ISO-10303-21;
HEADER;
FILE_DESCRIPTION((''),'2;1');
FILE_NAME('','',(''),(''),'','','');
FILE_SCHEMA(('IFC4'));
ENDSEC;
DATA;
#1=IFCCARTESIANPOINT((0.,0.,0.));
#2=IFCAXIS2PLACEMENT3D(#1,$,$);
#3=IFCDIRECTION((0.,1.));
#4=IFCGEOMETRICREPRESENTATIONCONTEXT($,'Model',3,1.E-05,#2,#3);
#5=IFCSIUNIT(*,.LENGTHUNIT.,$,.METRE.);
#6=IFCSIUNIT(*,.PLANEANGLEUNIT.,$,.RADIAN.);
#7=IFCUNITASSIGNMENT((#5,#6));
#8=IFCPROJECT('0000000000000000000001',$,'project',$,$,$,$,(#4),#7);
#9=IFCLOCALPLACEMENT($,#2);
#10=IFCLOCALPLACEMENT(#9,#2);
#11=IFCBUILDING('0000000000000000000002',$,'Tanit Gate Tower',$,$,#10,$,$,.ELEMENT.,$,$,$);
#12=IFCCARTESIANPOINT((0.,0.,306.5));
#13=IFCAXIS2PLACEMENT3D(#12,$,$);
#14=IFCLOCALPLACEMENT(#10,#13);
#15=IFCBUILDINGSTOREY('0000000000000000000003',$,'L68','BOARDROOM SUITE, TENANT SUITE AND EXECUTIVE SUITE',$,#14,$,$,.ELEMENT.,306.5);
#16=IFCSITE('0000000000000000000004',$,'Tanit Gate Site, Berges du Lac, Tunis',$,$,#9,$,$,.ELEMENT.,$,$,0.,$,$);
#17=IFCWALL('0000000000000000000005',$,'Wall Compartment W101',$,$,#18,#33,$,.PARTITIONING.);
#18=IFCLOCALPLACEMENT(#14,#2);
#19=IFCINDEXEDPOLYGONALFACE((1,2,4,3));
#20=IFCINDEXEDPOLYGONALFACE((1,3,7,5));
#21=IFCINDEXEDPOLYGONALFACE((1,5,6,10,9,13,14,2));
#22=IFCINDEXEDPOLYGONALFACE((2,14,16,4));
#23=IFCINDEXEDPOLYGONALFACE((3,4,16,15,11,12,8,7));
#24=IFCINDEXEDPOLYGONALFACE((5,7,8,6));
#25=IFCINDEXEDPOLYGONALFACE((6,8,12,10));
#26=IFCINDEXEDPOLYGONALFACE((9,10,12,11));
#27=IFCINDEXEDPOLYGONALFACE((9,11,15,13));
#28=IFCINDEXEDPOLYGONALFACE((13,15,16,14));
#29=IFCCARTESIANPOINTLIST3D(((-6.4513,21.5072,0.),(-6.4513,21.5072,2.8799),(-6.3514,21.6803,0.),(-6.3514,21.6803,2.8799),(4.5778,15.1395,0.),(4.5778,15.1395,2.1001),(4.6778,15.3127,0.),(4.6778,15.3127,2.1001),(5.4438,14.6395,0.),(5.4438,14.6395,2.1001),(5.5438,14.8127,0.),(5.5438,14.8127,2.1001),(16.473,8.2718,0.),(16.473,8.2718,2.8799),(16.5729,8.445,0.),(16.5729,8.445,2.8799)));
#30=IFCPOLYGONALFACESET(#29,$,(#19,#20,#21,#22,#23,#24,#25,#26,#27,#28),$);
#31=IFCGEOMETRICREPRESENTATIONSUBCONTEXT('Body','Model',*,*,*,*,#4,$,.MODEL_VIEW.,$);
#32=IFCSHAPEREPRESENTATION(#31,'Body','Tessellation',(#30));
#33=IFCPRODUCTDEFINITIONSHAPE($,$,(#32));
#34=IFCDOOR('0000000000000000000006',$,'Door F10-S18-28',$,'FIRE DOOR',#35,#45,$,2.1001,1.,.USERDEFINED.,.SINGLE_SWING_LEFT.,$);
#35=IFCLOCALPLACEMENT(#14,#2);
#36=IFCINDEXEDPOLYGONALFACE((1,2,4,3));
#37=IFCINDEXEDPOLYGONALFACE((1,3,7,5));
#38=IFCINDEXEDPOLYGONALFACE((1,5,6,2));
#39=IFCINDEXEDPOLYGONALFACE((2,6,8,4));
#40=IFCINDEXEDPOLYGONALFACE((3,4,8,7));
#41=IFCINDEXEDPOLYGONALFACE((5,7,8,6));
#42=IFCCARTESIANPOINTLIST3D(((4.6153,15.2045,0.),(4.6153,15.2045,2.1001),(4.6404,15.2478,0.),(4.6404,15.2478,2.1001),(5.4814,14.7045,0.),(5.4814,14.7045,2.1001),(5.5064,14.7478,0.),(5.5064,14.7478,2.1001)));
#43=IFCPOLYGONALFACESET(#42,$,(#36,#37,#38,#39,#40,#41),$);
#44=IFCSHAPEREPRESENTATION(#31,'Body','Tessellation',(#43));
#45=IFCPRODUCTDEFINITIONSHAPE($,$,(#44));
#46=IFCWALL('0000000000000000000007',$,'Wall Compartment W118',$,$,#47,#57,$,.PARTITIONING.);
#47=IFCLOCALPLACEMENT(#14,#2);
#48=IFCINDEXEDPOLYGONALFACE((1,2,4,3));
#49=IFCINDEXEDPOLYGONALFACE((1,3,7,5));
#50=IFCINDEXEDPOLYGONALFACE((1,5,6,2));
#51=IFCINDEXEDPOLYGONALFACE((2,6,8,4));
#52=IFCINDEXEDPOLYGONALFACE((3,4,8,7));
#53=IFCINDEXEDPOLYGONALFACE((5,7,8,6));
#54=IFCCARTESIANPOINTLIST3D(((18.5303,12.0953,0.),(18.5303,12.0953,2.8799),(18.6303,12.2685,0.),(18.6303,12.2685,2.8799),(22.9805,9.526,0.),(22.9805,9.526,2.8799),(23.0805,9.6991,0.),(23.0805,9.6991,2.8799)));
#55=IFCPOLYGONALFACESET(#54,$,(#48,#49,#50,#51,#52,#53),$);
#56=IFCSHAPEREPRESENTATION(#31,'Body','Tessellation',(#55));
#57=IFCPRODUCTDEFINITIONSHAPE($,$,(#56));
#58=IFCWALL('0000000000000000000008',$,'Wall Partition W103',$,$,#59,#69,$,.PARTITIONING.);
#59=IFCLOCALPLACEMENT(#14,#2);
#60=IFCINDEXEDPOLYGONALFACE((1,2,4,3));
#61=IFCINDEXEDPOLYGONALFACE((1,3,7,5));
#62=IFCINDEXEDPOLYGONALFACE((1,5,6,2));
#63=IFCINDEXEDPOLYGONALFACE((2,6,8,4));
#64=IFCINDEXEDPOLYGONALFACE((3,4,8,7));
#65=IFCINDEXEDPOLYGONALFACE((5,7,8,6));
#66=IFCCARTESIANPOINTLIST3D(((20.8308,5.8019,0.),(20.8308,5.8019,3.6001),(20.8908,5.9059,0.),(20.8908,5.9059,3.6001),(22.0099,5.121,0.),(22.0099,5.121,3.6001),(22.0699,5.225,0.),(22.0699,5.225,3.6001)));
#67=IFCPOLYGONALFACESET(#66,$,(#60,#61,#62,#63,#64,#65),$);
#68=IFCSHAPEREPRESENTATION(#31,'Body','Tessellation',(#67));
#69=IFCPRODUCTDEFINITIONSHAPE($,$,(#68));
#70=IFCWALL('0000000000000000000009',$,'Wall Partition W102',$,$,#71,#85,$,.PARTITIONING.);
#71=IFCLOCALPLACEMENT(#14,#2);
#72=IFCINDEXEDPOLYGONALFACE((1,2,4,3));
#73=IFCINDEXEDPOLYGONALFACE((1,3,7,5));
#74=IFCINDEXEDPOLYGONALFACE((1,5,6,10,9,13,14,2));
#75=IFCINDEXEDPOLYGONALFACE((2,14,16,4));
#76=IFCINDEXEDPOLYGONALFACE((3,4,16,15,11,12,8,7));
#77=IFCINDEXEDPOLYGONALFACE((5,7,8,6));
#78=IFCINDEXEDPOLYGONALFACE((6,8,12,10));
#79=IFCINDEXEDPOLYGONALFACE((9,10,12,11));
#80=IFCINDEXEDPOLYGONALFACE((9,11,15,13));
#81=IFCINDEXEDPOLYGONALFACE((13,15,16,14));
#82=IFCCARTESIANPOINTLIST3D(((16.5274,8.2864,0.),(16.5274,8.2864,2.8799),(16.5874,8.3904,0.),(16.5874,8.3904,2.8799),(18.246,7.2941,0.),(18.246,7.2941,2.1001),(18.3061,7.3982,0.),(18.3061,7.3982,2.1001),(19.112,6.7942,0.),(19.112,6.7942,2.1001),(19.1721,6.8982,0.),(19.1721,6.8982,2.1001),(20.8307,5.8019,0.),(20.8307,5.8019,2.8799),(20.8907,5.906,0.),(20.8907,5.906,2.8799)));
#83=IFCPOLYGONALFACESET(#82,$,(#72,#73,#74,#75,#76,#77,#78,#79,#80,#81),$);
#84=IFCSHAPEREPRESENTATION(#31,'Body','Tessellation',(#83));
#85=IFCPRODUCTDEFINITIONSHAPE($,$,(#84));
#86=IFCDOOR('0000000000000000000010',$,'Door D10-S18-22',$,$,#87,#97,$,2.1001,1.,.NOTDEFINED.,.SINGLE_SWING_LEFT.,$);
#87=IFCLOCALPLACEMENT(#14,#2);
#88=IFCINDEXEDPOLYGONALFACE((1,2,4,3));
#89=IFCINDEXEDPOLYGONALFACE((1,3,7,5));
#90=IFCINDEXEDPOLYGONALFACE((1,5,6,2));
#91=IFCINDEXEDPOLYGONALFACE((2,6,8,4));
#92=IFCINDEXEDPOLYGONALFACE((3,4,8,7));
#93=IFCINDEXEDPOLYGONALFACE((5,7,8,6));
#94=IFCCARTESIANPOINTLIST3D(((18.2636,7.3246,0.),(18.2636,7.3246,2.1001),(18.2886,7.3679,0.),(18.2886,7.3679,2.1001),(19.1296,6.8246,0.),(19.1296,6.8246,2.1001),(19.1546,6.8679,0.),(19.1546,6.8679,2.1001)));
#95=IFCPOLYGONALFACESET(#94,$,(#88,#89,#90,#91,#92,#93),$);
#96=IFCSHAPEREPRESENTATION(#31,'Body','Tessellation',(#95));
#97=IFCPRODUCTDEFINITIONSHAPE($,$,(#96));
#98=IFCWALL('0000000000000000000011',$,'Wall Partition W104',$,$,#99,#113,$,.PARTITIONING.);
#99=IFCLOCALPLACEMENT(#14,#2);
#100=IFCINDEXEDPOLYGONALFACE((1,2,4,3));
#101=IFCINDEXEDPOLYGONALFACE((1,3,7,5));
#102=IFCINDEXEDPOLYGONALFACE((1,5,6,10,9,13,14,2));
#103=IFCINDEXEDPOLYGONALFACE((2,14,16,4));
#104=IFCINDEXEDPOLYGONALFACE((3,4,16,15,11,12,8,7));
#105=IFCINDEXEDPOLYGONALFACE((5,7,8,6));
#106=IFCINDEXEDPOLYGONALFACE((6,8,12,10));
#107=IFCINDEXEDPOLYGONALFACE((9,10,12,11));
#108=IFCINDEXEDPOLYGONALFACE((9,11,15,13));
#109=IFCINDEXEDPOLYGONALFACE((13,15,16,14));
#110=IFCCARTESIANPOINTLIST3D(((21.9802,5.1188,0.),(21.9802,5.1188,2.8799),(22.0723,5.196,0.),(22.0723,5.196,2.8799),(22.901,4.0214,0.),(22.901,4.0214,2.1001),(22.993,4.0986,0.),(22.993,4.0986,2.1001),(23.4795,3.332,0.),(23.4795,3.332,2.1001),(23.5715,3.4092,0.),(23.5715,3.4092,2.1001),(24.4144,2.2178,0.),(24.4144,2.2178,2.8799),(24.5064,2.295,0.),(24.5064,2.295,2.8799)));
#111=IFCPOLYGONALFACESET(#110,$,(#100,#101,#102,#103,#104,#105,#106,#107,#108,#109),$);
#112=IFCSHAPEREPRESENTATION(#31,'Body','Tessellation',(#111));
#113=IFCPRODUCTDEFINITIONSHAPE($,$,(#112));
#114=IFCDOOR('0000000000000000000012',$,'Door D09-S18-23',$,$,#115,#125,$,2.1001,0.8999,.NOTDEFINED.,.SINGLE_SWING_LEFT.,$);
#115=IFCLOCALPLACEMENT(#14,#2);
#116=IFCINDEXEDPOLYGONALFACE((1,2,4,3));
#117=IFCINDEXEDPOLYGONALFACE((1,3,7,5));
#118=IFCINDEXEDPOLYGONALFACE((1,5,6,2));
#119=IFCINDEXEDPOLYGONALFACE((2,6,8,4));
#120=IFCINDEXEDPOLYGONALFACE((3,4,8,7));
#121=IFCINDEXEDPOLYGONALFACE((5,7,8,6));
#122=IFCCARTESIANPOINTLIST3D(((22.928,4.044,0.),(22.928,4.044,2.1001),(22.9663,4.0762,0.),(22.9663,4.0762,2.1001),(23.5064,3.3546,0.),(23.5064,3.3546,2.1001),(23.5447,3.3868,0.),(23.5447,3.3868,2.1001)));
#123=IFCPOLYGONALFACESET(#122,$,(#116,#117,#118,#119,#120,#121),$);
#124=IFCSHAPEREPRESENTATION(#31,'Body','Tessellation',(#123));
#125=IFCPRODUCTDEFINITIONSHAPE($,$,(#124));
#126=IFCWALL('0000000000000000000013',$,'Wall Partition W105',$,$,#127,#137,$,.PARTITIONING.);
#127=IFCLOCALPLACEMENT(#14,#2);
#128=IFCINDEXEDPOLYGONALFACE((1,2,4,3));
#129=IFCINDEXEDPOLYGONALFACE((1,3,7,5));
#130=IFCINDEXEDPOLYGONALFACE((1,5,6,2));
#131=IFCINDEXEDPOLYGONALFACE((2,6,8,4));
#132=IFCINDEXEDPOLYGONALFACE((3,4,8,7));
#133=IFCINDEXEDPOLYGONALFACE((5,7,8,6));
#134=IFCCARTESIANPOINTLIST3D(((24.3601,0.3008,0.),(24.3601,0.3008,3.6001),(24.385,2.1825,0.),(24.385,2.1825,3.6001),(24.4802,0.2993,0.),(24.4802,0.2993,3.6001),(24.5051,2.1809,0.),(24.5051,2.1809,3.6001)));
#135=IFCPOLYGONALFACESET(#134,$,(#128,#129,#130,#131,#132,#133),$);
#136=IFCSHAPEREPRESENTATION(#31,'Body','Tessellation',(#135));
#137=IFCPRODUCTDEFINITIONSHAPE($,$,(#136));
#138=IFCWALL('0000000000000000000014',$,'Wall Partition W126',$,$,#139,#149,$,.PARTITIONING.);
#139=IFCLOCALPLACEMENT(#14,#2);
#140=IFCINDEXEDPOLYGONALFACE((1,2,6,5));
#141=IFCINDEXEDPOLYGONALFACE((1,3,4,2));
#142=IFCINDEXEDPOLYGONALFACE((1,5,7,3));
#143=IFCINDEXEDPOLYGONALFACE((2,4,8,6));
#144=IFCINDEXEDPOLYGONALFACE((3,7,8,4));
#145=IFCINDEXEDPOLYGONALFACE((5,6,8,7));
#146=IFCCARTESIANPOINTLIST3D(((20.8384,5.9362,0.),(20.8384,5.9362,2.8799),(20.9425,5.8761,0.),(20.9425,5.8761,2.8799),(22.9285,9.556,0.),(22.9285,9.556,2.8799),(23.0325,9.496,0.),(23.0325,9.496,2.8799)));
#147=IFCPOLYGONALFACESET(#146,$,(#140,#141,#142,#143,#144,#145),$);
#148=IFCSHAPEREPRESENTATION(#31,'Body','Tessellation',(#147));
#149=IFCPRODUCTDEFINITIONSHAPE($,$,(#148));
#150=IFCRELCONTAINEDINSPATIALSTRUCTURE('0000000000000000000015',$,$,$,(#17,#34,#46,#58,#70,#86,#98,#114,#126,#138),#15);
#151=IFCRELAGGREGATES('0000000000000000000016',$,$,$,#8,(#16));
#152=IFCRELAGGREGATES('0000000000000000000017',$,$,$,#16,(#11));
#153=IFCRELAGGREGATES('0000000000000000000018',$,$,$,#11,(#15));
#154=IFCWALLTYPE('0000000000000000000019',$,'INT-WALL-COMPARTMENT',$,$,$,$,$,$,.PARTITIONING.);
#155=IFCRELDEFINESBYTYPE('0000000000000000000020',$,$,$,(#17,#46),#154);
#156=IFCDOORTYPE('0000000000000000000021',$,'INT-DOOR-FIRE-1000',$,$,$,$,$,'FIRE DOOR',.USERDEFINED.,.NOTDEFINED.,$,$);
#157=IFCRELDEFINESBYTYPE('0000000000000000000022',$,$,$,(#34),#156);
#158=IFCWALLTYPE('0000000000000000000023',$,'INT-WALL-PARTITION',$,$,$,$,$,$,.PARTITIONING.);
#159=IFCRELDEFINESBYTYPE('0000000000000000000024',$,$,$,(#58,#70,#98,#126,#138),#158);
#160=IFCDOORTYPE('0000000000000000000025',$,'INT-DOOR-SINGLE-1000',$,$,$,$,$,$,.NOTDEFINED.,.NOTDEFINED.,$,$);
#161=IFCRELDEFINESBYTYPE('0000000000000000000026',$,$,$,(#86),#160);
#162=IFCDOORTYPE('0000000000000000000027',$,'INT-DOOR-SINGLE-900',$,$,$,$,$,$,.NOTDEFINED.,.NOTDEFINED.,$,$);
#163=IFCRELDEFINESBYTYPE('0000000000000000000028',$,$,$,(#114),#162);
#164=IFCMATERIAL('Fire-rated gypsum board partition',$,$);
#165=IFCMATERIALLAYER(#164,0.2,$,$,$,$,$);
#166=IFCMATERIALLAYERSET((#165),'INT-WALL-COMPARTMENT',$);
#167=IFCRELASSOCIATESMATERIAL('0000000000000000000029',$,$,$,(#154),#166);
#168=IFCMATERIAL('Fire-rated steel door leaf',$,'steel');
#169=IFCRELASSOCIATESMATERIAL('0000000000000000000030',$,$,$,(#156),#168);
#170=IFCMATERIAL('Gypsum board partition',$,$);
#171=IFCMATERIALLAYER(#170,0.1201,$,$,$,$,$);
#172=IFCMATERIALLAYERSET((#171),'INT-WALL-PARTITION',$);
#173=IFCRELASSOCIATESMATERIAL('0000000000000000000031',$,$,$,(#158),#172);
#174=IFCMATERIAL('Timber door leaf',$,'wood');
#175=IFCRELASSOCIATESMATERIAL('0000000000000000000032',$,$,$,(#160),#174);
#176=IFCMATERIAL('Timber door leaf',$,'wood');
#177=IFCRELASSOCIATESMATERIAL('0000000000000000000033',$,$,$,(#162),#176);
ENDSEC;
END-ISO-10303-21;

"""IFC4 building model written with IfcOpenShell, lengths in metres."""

from ifc_helpers import new_model, si_unit, direction, frame, frame_2d, origin, place, context, subcontext, project, spatial, rectangle, extrude, material, layer, layer_set, type_object, element, fill, save


model = new_model("IFC4")

# Units and contexts
model_context = context("Model", 3, precision=1e-05, world=origin(), true_north=direction((0.0, 1.0)))
body_context = subcontext(model_context, "Body", "Model", "MODEL_VIEW")
ifc_project = project(units=[si_unit("LENGTHUNIT", "METRE"), si_unit("PLANEANGLEUNIT", "RADIAN")], contexts=[model_context])

# Site, building, storey
site_placement = place(None, origin())
site = spatial("IfcSite", under=ifc_project, at=site_placement, Name="Tanit Gate Site, Berges du Lac, Tunis", CompositionType="ELEMENT", RefElevation=0.0)
building_placement = place(site_placement, origin())
building = spatial("IfcBuilding", under=site, at=building_placement, Name="Tanit Gate Tower", CompositionType="ELEMENT")
storey_placement = place(building_placement, frame((0.0, 0.0, 306.5)))
storey = spatial("IfcBuildingStorey", under=building, at=storey_placement, Name="L68", Description="BOARDROOM SUITE, TENANT SUITE AND EXECUTIVE SUITE", CompositionType="ELEMENT", Elevation=306.5)

# Wall, opening, door
ifc_material_1 = material(Name="Fire-rated gypsum board partition")
ifc_layer_1 = layer(ifc_material_1, 0.2)
ifc_layer_set_1 = layer_set([ifc_layer_1], Name="INT-WALL-COMPARTMENT")
wall_type_1 = type_object("IfcWallType", Name="INT-WALL-COMPARTMENT", PredefinedType="PARTITIONING", material=ifc_layer_set_1)
wall_1_placement = place(storey_placement, frame((16.5229, 8.3584, 0.0), z_axis=(0.0, 0.0, 1.0), x_axis=(-0.866026, 0.5, 0.0)))
wall_1 = element("IfcWall", 1, at=wall_1_placement, inside=storey, type_object=wall_type_1, Name="Wall Compartment W101", PredefinedType="PARTITIONING", context=body_context, shape_type="SweptSolid", body=[
    extrude(rectangle(XDim=26.4707, YDim=0.2, at=frame_2d((13.2354, 0.0))), origin(), (0.0, 0.0, 1.0), 2.8799),
])
opening_1_placement = place(wall_1_placement, frame((12.7354, 0.0, 0.0)))
opening_1 = element("IfcOpeningElement", 2, at=opening_1_placement, cuts=wall_1, PredefinedType="OPENING", context=body_context, shape_type="SweptSolid", body=[
    extrude(rectangle(XDim=1.0, YDim=2.1001, at=frame_2d((0.5, 1.05))), frame((0.0, 0.1099, 0.0), z_axis=(0.0, -1.0, 0.0), x_axis=(1.0, 0.0, 0.0)), (0.0, 0.0, 1.0), 0.22),
])
ifc_material_2 = material(Name="Fire-rated steel door leaf", Category="steel")
door_type_1 = type_object("IfcDoorType", Name="INT-DOOR-FIRE-1000", ElementType="FIRE DOOR", OperationType="NOTDEFINED", PredefinedType="USERDEFINED", material=ifc_material_2)
door_1_placement = place(opening_1_placement, origin())
door_1 = element("IfcDoor", 3, at=door_1_placement, inside=storey, type_object=door_type_1, Name="Door F10-S18-28", ObjectType="FIRE DOOR", OperationType="SINGLE_SWING_LEFT", OverallHeight=2.1001, OverallWidth=1.0, PredefinedType="USERDEFINED", context=body_context, shape_type="SweptSolid", body=[
    extrude(rectangle(XDim=1.0, YDim=2.1001, at=frame_2d((0.5, 1.05))), frame((0.0, 0.0249, 0.0), z_axis=(0.0, -1.0, 0.0), x_axis=(1.0, 0.0, 0.0)), (0.0, 0.0, 1.0), 0.05),
])
fill(opening_1, door_1)

# Walls
wall_2_placement = place(storey_placement, frame((23.0305, 9.6125, 0.0), z_axis=(0.0, 0.0, 1.0), x_axis=(-0.866024, 0.500002, 0.0)))
element("IfcWall", 4, at=wall_2_placement, inside=storey, type_object=wall_type_1, Name="Wall Compartment W118", PredefinedType="PARTITIONING", context=body_context, shape_type="SweptSolid", body=[
    extrude(rectangle(XDim=5.1387, YDim=0.2, at=frame_2d((2.5693, 0.0))), origin(), (0.0, 0.0, 1.0), 2.8799),
])
ifc_material_3 = material(Name="Gypsum board partition")
ifc_layer_2 = layer(ifc_material_3, 0.1201)
ifc_layer_set_2 = layer_set([ifc_layer_2], Name="INT-WALL-PARTITION")
wall_type_2 = type_object("IfcWallType", Name="INT-WALL-PARTITION", PredefinedType="PARTITIONING", material=ifc_layer_set_2)
wall_3_placement = place(storey_placement, frame((22.0398, 5.1731, 0.0), z_axis=(0.0, 0.0, 1.0), x_axis=(-0.865994, 0.500054, 0.0)))
element("IfcWall", 5, at=wall_3_placement, inside=storey, type_object=wall_type_2, Name="Wall Partition W103", PredefinedType="PARTITIONING", context=body_context, shape_type="SweptSolid", body=[
    extrude(rectangle(XDim=1.3616, YDim=0.1201, at=frame_2d((0.6807, 0.0))), origin(), (0.0, 0.0, 1.0), 3.6001),
])

# Walls, openings, doors
wall_4_placement = place(storey_placement, frame((20.8606, 5.854, 0.0), z_axis=(0.0, 0.0, 1.0), x_axis=(-0.866033, 0.499986, 0.0)))
wall_4 = element("IfcWall", 6, at=wall_4_placement, inside=storey, type_object=wall_type_2, Name="Wall Partition W102", PredefinedType="PARTITIONING", context=body_context, shape_type="SweptSolid", body=[
    extrude(rectangle(XDim=4.969, YDim=0.1201, at=frame_2d((2.4844, 0.0))), origin(), (0.0, 0.0, 1.0), 2.8799),
])
opening_2_placement = place(wall_4_placement, frame((1.9844, 0.0, 0.0)))
opening_2 = element("IfcOpeningElement", 7, at=opening_2_placement, cuts=wall_4, PredefinedType="OPENING", context=body_context, shape_type="SweptSolid", body=[
    extrude(rectangle(XDim=1.0, YDim=2.1001, at=frame_2d((0.5, 1.05))), frame((0.0, 0.0701, 0.0), z_axis=(0.0, -1.0, 0.0), x_axis=(1.0, 0.0, 0.0)), (0.0, 0.0, 1.0), 0.1401),
])
ifc_material_4 = material(Name="Timber door leaf", Category="wood")
door_type_2 = type_object("IfcDoorType", Name="INT-DOOR-SINGLE-1000", OperationType="NOTDEFINED", PredefinedType="NOTDEFINED", material=ifc_material_4)
door_2_placement = place(opening_2_placement, origin())
door_2 = element("IfcDoor", 8, at=door_2_placement, inside=storey, type_object=door_type_2, Name="Door D10-S18-22", OperationType="SINGLE_SWING_LEFT", OverallHeight=2.1001, OverallWidth=1.0, PredefinedType="NOTDEFINED", context=body_context, shape_type="SweptSolid", body=[
    extrude(rectangle(XDim=1.0, YDim=2.1001, at=frame_2d((0.5, 1.05))), frame((0.0, 0.0249, 0.0), z_axis=(0.0, -1.0, 0.0), x_axis=(1.0, 0.0, 0.0)), (0.0, 0.0, 1.0), 0.05),
])
fill(opening_2, door_2)
wall_5_placement = place(storey_placement, frame((24.4604, 2.2563, 0.0), z_axis=(0.0, 0.0, 1.0), x_axis=(-0.642781, 0.76605, 0.0)))
wall_5 = element("IfcWall", 9, at=wall_5_placement, inside=storey, type_object=wall_type_2, Name="Wall Partition W104", PredefinedType="PARTITIONING", context=body_context, shape_type="SweptSolid", body=[
    extrude(rectangle(XDim=3.7869, YDim=0.1201, at=frame_2d((1.8936, 0.0))), origin(), (0.0, 0.0, 1.0), 2.8799),
])
opening_3_placement = place(wall_5_placement, frame((1.4546, 0.0, 0.0)))
opening_3 = element("IfcOpeningElement", 10, at=opening_3_placement, cuts=wall_5, PredefinedType="OPENING", context=body_context, shape_type="SweptSolid", body=[
    extrude(rectangle(XDim=0.8999, YDim=2.1001, at=frame_2d((0.45, 1.05))), frame((0.0, 0.0701, 0.0), z_axis=(0.0, -1.0, 0.0), x_axis=(1.0, 0.0, 0.0)), (0.0, 0.0, 1.0), 0.1401),
])
ifc_material_5 = material(Name="Timber door leaf", Category="wood")
door_type_3 = type_object("IfcDoorType", Name="INT-DOOR-SINGLE-900", OperationType="NOTDEFINED", PredefinedType="NOTDEFINED", material=ifc_material_5)
door_3_placement = place(opening_3_placement, origin())
door_3 = element("IfcDoor", 11, at=door_3_placement, inside=storey, type_object=door_type_3, Name="Door D09-S18-23", OperationType="SINGLE_SWING_LEFT", OverallHeight=2.1001, OverallWidth=0.8999, PredefinedType="NOTDEFINED", context=body_context, shape_type="SweptSolid", body=[
    extrude(rectangle(XDim=0.8999, YDim=2.1001, at=frame_2d((0.45, 1.05))), frame((0.0, 0.0249, 0.0), z_axis=(0.0, -1.0, 0.0), x_axis=(1.0, 0.0, 0.0)), (0.0, 0.0, 1.0), 0.05),
])
fill(opening_3, door_3)

# Walls
wall_6_placement = place(storey_placement, frame((24.4202, 0.3, 0.0), z_axis=(0.0, 0.0, 1.0), x_axis=(0.013234, 0.999912, 0.0)))
element("IfcWall", 12, at=wall_6_placement, inside=storey, type_object=wall_type_2, Name="Wall Partition W105", PredefinedType="PARTITIONING", context=body_context, shape_type="SweptSolid", body=[
    extrude(rectangle(XDim=1.8818, YDim=0.1201, at=frame_2d((0.9409, 0.0))), origin(), (0.0, 0.0, 1.0), 3.6001),
])
wall_7_placement = place(storey_placement, frame((22.9805, 9.5259, 0.0), z_axis=(0.0, 0.0, 1.0), x_axis=(-0.500027, -0.86601, 0.0)))
element("IfcWall", 13, at=wall_7_placement, inside=storey, type_object=wall_type_2, Name="Wall Partition W126", PredefinedType="PARTITIONING", context=body_context, shape_type="SweptSolid", body=[
    extrude(rectangle(XDim=4.1799, YDim=0.1201, at=frame_2d((2.0898, 0.0))), origin(), (0.0, 0.0, 1.0), 2.8799),
])

save(model, "model.ifc")
